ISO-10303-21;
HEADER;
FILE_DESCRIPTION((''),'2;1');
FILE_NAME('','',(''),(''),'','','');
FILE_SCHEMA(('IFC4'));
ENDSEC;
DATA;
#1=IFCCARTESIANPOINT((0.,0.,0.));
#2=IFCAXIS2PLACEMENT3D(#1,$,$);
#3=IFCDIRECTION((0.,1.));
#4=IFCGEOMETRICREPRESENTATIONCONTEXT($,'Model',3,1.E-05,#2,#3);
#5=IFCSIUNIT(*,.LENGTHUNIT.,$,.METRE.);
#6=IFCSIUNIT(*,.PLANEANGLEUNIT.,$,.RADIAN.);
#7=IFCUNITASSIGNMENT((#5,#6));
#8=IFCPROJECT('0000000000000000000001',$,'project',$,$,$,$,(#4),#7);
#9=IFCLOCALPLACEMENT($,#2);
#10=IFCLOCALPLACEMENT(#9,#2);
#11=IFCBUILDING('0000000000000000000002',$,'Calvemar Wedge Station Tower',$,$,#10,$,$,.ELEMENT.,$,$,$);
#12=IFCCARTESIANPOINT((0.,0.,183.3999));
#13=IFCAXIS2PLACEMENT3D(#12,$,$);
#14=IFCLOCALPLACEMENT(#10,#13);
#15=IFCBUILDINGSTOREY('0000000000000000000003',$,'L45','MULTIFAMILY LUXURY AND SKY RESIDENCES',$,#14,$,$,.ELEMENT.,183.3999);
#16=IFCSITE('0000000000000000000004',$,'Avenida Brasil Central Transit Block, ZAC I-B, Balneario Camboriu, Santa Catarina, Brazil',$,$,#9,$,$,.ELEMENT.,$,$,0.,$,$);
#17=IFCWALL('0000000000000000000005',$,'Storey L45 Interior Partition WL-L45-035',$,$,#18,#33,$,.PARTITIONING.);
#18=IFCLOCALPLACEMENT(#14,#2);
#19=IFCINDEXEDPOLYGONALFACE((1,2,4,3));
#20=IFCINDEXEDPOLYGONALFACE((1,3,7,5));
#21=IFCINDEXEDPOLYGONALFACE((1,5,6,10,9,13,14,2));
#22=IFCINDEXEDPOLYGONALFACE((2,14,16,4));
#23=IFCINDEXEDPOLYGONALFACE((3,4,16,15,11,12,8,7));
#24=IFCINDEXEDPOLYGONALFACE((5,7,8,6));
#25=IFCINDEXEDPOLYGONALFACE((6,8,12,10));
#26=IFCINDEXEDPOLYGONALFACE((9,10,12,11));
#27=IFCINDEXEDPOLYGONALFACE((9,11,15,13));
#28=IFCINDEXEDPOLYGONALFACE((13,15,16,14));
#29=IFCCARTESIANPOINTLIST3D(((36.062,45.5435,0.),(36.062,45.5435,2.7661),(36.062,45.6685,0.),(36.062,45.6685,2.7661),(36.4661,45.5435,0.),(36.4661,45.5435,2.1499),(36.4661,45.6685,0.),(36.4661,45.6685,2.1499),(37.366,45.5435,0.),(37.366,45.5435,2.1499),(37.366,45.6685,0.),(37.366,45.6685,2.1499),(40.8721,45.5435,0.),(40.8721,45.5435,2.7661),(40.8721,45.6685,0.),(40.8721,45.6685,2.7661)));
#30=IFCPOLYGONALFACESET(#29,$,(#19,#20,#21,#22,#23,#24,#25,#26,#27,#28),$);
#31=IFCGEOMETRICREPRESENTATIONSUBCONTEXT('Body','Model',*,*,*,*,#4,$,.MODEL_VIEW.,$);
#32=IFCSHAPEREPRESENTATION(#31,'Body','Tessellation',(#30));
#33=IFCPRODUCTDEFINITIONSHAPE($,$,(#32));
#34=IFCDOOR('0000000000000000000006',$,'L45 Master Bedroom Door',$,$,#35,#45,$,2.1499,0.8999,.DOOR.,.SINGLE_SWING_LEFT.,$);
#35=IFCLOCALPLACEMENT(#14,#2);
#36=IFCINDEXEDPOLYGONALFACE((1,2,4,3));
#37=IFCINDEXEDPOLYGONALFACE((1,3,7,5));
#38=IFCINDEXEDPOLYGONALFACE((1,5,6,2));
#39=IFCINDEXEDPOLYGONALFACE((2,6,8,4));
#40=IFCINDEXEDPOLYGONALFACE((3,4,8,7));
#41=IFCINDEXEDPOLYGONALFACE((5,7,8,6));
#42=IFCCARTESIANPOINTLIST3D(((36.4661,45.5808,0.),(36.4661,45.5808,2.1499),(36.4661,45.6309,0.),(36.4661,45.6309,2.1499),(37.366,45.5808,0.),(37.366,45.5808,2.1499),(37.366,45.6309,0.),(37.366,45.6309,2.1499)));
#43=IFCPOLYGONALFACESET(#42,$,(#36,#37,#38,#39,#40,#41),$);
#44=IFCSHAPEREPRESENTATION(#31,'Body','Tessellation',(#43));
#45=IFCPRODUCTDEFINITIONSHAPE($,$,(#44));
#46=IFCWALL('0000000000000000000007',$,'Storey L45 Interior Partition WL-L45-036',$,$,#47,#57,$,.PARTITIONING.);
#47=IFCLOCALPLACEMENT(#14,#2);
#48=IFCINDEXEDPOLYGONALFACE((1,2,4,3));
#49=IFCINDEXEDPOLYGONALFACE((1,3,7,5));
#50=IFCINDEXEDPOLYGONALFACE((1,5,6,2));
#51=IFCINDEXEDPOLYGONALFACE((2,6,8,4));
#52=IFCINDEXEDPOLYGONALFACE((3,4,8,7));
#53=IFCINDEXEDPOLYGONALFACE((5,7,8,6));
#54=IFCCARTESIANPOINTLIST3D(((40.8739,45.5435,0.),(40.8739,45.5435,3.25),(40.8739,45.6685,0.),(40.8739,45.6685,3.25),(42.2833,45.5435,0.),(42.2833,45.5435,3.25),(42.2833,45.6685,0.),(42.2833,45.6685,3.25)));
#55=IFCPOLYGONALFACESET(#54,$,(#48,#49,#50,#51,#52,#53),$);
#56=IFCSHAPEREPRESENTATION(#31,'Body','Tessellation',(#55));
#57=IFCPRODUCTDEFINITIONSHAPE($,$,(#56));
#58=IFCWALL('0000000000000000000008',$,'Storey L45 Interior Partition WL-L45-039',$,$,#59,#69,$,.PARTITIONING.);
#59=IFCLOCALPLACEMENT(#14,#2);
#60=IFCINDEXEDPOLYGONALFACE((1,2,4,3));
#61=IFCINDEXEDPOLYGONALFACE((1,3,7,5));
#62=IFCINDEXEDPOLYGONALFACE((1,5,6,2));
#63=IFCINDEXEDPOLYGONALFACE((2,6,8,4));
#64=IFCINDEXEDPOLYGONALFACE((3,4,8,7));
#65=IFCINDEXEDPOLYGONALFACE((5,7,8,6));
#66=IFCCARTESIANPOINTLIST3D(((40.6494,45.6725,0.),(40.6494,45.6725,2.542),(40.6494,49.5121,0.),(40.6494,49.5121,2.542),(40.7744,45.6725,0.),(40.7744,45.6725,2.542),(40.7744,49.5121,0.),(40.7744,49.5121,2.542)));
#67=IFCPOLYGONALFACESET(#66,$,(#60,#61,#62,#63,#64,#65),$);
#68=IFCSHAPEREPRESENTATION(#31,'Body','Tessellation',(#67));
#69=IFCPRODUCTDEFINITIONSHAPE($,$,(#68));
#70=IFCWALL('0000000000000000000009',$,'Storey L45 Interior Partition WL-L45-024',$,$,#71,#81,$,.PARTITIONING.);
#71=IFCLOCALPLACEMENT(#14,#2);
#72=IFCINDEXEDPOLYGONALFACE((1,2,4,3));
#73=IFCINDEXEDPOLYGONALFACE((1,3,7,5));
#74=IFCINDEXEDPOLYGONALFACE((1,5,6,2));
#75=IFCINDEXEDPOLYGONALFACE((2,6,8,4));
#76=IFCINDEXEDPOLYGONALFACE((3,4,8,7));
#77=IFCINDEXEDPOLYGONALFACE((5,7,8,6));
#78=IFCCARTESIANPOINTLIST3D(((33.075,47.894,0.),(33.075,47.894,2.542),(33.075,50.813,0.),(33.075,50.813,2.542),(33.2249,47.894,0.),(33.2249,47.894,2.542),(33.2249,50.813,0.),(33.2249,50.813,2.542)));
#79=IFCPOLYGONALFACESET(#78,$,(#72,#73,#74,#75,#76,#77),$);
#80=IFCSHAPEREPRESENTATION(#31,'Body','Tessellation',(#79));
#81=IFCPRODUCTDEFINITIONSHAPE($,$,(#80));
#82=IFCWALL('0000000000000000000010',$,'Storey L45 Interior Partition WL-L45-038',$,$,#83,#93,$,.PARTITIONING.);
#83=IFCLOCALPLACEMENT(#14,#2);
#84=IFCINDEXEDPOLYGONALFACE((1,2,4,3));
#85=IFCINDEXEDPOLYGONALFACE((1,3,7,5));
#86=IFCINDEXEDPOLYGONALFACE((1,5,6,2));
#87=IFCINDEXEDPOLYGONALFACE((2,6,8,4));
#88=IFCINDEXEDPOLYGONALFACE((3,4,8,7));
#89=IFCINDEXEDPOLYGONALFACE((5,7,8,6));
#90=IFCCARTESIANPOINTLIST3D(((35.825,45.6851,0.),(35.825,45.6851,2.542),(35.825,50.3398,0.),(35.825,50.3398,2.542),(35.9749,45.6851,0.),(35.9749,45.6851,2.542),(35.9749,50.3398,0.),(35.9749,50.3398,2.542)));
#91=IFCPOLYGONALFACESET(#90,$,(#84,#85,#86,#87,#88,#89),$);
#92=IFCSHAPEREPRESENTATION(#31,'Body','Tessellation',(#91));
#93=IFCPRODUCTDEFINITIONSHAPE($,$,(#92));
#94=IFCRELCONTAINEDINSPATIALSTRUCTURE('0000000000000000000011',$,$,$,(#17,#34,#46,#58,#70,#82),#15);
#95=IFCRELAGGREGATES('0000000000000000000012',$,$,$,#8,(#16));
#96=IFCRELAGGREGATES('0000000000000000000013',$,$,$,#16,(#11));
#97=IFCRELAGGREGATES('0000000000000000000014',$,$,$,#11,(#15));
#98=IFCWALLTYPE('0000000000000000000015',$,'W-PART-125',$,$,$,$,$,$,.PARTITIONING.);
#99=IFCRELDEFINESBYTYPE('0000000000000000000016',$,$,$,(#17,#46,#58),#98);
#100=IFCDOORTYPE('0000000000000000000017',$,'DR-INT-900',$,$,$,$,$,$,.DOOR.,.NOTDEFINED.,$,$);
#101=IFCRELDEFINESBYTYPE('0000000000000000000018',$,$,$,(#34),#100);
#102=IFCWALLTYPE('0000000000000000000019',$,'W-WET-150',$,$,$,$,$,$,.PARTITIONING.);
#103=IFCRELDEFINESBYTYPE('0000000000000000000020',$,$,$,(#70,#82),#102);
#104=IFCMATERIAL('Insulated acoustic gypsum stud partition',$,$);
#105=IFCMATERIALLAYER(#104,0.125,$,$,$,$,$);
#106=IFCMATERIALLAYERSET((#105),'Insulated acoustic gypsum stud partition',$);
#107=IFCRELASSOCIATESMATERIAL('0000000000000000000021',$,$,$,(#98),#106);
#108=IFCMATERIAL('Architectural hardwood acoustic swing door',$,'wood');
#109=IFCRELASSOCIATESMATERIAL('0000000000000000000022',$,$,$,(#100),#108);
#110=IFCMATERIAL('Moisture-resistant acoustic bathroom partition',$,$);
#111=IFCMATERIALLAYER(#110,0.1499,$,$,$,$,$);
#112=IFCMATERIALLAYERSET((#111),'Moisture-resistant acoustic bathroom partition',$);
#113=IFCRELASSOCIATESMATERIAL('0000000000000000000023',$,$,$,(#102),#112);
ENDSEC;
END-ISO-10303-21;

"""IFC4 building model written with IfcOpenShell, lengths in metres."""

from ifc_helpers import new_model, si_unit, direction, frame, frame_2d, origin, place, context, subcontext, project, spatial, rectangle, extrude, source, transform, mapped, material, layer, layer_set, type_object, element, fill, save


model = new_model("IFC4")

# Units and contexts
model_context = context("Model", 3, precision=1e-05, world=origin(), true_north=direction((0.0, 1.0)))
body_context = subcontext(model_context, "Body", "Model", "MODEL_VIEW")
ifc_project = project(units=[si_unit("LENGTHUNIT", "METRE"), si_unit("PLANEANGLEUNIT", "RADIAN")], contexts=[model_context])

# Site, building, storey
site_placement = place(None, origin())
site = spatial("IfcSite", under=ifc_project, at=site_placement, Name="Avenida Brasil Central Transit Block, ZAC I-B, Balneario Camboriu, Santa Catarina, Brazil", CompositionType="ELEMENT", RefElevation=0.0)
building_placement = place(site_placement, origin())
building = spatial("IfcBuilding", under=site, at=building_placement, Name="Calvemar Wedge Station Tower", CompositionType="ELEMENT")
storey_placement = place(building_placement, frame((0.0, 0.0, 183.3999)))
storey = spatial("IfcBuildingStorey", under=building, at=storey_placement, Name="L45", Description="MULTIFAMILY LUXURY AND SKY RESIDENCES", CompositionType="ELEMENT", Elevation=183.3999)

# Wall, opening, door
ifc_material_1 = material(Name="Insulated acoustic gypsum stud partition")
ifc_layer_1 = layer(ifc_material_1, 0.125)
ifc_layer_set_1 = layer_set([ifc_layer_1], Name="Insulated acoustic gypsum stud partition")
wall_type_1 = type_object("IfcWallType", Name="W-PART-125", PredefinedType="PARTITIONING", material=ifc_layer_set_1)
wall_1_placement = place(storey_placement, frame((36.062, 45.606, 0.0), z_axis=(0.0, 0.0, 1.0), x_axis=(1.0, 0.0, 0.0)))
wall_1 = element("IfcWall", 1, at=wall_1_placement, inside=storey, type_object=wall_type_1, Name="Storey L45 Interior Partition WL-L45-035", PredefinedType="PARTITIONING", context=body_context, shape_type="SweptSolid", body=[
    extrude(rectangle(XDim=4.8101, YDim=0.125, at=frame_2d((2.405, 0.0))), origin(), (0.0, 0.0, 1.0), 2.7661),
])
shared_shape_1 = source(origin(), body_context, "Body", "SweptSolid", [
    extrude(rectangle(XDim=0.8999, YDim=2.1499, at=frame_2d((0.45, 1.075))), frame((0.0, 0.0725, 0.0), z_axis=(0.0, -1.0, 0.0), x_axis=(1.0, 0.0, 0.0)), (0.0, 0.0, 1.0), 0.145),
])
opening_1_placement = place(wall_1_placement, frame((0.4041, 0.0, 0.0)))
opening_1 = element("IfcOpeningElement", 2, at=opening_1_placement, cuts=wall_1, PredefinedType="OPENING", context=body_context, shape_type="MappedRepresentation", body=[
    mapped(shared_shape_1, transform((0.0, 0.0, 0.0), scale=1.0)),
])
ifc_material_2 = material(Name="Architectural hardwood acoustic swing door", Category="wood")
door_type_1 = type_object("IfcDoorType", Name="DR-INT-900", OperationType="NOTDEFINED", PredefinedType="DOOR", material=ifc_material_2)
shared_shape_2 = source(origin(), body_context, "Body", "SweptSolid", [
    extrude(rectangle(XDim=0.8999, YDim=2.1499, at=frame_2d((0.45, 1.075))), frame((0.0, 0.0249, 0.0), z_axis=(0.0, -1.0, 0.0), x_axis=(1.0, 0.0, 0.0)), (0.0, 0.0, 1.0), 0.05),
])
door_1_placement = place(opening_1_placement, origin())
door_1 = element("IfcDoor", 3, at=door_1_placement, inside=storey, type_object=door_type_1, Name="L45 Master Bedroom Door", OperationType="SINGLE_SWING_LEFT", OverallHeight=2.1499, OverallWidth=0.8999, PredefinedType="DOOR", context=body_context, shape_type="MappedRepresentation", body=[
    mapped(shared_shape_2, transform((0.0, 0.0, 0.0), scale=1.0)),
])
fill(opening_1, door_1)

# Walls
wall_2_placement = place(storey_placement, frame((40.874, 45.606, 0.0), z_axis=(0.0, 0.0, 1.0), x_axis=(1.0, 0.0, 0.0)))
element("IfcWall", 4, at=wall_2_placement, inside=storey, type_object=wall_type_1, Name="Storey L45 Interior Partition WL-L45-036", PredefinedType="PARTITIONING", context=body_context, shape_type="SweptSolid", body=[
    extrude(rectangle(XDim=1.4094, YDim=0.125, at=frame_2d((0.7046, 0.0))), origin(), (0.0, 0.0, 1.0), 3.25),
])
wall_3_placement = place(storey_placement, frame((40.7119, 49.5122, 0.0), z_axis=(0.0, 0.0, 1.0), x_axis=(0.0, -1.0, 0.0)))
element("IfcWall", 5, at=wall_3_placement, inside=storey, type_object=wall_type_1, Name="Storey L45 Interior Partition WL-L45-039", PredefinedType="PARTITIONING", context=body_context, shape_type="SweptSolid", body=[
    extrude(rectangle(XDim=3.8396, YDim=0.125, at=frame_2d((1.9199, 0.0))), origin(), (0.0, 0.0, 1.0), 2.542),
])
ifc_material_3 = material(Name="Moisture-resistant acoustic bathroom partition")
ifc_layer_2 = layer(ifc_material_3, 0.1499)
ifc_layer_set_2 = layer_set([ifc_layer_2], Name="Moisture-resistant acoustic bathroom partition")
wall_type_2 = type_object("IfcWallType", Name="W-WET-150", PredefinedType="PARTITIONING", material=ifc_layer_set_2)
wall_4_placement = place(storey_placement, frame((33.1499, 50.813, 0.0), z_axis=(0.0, 0.0, 1.0), x_axis=(0.0, -1.0, 0.0)))
element("IfcWall", 6, at=wall_4_placement, inside=storey, type_object=wall_type_2, Name="Storey L45 Interior Partition WL-L45-024", PredefinedType="PARTITIONING", context=body_context, shape_type="SweptSolid", body=[
    extrude(rectangle(XDim=2.9189, YDim=0.1499, at=frame_2d((1.4595, 0.0))), origin(), (0.0, 0.0, 1.0), 2.542),
])

# Wall
wall_5_placement = place(storey_placement, frame((35.8999, 50.3398, 0.0), z_axis=(0.0, 0.0, 1.0), x_axis=(0.0, -1.0, 0.0)))
element("IfcWall", 7, at=wall_5_placement, inside=storey, type_object=wall_type_2, Name="Storey L45 Interior Partition WL-L45-038", PredefinedType="PARTITIONING", context=body_context, shape_type="SweptSolid", body=[
    extrude(rectangle(XDim=4.6548, YDim=0.1499, at=frame_2d((2.3274, 0.0))), origin(), (0.0, 0.0, 1.0), 2.542),
])

save(model, "model.ifc")
